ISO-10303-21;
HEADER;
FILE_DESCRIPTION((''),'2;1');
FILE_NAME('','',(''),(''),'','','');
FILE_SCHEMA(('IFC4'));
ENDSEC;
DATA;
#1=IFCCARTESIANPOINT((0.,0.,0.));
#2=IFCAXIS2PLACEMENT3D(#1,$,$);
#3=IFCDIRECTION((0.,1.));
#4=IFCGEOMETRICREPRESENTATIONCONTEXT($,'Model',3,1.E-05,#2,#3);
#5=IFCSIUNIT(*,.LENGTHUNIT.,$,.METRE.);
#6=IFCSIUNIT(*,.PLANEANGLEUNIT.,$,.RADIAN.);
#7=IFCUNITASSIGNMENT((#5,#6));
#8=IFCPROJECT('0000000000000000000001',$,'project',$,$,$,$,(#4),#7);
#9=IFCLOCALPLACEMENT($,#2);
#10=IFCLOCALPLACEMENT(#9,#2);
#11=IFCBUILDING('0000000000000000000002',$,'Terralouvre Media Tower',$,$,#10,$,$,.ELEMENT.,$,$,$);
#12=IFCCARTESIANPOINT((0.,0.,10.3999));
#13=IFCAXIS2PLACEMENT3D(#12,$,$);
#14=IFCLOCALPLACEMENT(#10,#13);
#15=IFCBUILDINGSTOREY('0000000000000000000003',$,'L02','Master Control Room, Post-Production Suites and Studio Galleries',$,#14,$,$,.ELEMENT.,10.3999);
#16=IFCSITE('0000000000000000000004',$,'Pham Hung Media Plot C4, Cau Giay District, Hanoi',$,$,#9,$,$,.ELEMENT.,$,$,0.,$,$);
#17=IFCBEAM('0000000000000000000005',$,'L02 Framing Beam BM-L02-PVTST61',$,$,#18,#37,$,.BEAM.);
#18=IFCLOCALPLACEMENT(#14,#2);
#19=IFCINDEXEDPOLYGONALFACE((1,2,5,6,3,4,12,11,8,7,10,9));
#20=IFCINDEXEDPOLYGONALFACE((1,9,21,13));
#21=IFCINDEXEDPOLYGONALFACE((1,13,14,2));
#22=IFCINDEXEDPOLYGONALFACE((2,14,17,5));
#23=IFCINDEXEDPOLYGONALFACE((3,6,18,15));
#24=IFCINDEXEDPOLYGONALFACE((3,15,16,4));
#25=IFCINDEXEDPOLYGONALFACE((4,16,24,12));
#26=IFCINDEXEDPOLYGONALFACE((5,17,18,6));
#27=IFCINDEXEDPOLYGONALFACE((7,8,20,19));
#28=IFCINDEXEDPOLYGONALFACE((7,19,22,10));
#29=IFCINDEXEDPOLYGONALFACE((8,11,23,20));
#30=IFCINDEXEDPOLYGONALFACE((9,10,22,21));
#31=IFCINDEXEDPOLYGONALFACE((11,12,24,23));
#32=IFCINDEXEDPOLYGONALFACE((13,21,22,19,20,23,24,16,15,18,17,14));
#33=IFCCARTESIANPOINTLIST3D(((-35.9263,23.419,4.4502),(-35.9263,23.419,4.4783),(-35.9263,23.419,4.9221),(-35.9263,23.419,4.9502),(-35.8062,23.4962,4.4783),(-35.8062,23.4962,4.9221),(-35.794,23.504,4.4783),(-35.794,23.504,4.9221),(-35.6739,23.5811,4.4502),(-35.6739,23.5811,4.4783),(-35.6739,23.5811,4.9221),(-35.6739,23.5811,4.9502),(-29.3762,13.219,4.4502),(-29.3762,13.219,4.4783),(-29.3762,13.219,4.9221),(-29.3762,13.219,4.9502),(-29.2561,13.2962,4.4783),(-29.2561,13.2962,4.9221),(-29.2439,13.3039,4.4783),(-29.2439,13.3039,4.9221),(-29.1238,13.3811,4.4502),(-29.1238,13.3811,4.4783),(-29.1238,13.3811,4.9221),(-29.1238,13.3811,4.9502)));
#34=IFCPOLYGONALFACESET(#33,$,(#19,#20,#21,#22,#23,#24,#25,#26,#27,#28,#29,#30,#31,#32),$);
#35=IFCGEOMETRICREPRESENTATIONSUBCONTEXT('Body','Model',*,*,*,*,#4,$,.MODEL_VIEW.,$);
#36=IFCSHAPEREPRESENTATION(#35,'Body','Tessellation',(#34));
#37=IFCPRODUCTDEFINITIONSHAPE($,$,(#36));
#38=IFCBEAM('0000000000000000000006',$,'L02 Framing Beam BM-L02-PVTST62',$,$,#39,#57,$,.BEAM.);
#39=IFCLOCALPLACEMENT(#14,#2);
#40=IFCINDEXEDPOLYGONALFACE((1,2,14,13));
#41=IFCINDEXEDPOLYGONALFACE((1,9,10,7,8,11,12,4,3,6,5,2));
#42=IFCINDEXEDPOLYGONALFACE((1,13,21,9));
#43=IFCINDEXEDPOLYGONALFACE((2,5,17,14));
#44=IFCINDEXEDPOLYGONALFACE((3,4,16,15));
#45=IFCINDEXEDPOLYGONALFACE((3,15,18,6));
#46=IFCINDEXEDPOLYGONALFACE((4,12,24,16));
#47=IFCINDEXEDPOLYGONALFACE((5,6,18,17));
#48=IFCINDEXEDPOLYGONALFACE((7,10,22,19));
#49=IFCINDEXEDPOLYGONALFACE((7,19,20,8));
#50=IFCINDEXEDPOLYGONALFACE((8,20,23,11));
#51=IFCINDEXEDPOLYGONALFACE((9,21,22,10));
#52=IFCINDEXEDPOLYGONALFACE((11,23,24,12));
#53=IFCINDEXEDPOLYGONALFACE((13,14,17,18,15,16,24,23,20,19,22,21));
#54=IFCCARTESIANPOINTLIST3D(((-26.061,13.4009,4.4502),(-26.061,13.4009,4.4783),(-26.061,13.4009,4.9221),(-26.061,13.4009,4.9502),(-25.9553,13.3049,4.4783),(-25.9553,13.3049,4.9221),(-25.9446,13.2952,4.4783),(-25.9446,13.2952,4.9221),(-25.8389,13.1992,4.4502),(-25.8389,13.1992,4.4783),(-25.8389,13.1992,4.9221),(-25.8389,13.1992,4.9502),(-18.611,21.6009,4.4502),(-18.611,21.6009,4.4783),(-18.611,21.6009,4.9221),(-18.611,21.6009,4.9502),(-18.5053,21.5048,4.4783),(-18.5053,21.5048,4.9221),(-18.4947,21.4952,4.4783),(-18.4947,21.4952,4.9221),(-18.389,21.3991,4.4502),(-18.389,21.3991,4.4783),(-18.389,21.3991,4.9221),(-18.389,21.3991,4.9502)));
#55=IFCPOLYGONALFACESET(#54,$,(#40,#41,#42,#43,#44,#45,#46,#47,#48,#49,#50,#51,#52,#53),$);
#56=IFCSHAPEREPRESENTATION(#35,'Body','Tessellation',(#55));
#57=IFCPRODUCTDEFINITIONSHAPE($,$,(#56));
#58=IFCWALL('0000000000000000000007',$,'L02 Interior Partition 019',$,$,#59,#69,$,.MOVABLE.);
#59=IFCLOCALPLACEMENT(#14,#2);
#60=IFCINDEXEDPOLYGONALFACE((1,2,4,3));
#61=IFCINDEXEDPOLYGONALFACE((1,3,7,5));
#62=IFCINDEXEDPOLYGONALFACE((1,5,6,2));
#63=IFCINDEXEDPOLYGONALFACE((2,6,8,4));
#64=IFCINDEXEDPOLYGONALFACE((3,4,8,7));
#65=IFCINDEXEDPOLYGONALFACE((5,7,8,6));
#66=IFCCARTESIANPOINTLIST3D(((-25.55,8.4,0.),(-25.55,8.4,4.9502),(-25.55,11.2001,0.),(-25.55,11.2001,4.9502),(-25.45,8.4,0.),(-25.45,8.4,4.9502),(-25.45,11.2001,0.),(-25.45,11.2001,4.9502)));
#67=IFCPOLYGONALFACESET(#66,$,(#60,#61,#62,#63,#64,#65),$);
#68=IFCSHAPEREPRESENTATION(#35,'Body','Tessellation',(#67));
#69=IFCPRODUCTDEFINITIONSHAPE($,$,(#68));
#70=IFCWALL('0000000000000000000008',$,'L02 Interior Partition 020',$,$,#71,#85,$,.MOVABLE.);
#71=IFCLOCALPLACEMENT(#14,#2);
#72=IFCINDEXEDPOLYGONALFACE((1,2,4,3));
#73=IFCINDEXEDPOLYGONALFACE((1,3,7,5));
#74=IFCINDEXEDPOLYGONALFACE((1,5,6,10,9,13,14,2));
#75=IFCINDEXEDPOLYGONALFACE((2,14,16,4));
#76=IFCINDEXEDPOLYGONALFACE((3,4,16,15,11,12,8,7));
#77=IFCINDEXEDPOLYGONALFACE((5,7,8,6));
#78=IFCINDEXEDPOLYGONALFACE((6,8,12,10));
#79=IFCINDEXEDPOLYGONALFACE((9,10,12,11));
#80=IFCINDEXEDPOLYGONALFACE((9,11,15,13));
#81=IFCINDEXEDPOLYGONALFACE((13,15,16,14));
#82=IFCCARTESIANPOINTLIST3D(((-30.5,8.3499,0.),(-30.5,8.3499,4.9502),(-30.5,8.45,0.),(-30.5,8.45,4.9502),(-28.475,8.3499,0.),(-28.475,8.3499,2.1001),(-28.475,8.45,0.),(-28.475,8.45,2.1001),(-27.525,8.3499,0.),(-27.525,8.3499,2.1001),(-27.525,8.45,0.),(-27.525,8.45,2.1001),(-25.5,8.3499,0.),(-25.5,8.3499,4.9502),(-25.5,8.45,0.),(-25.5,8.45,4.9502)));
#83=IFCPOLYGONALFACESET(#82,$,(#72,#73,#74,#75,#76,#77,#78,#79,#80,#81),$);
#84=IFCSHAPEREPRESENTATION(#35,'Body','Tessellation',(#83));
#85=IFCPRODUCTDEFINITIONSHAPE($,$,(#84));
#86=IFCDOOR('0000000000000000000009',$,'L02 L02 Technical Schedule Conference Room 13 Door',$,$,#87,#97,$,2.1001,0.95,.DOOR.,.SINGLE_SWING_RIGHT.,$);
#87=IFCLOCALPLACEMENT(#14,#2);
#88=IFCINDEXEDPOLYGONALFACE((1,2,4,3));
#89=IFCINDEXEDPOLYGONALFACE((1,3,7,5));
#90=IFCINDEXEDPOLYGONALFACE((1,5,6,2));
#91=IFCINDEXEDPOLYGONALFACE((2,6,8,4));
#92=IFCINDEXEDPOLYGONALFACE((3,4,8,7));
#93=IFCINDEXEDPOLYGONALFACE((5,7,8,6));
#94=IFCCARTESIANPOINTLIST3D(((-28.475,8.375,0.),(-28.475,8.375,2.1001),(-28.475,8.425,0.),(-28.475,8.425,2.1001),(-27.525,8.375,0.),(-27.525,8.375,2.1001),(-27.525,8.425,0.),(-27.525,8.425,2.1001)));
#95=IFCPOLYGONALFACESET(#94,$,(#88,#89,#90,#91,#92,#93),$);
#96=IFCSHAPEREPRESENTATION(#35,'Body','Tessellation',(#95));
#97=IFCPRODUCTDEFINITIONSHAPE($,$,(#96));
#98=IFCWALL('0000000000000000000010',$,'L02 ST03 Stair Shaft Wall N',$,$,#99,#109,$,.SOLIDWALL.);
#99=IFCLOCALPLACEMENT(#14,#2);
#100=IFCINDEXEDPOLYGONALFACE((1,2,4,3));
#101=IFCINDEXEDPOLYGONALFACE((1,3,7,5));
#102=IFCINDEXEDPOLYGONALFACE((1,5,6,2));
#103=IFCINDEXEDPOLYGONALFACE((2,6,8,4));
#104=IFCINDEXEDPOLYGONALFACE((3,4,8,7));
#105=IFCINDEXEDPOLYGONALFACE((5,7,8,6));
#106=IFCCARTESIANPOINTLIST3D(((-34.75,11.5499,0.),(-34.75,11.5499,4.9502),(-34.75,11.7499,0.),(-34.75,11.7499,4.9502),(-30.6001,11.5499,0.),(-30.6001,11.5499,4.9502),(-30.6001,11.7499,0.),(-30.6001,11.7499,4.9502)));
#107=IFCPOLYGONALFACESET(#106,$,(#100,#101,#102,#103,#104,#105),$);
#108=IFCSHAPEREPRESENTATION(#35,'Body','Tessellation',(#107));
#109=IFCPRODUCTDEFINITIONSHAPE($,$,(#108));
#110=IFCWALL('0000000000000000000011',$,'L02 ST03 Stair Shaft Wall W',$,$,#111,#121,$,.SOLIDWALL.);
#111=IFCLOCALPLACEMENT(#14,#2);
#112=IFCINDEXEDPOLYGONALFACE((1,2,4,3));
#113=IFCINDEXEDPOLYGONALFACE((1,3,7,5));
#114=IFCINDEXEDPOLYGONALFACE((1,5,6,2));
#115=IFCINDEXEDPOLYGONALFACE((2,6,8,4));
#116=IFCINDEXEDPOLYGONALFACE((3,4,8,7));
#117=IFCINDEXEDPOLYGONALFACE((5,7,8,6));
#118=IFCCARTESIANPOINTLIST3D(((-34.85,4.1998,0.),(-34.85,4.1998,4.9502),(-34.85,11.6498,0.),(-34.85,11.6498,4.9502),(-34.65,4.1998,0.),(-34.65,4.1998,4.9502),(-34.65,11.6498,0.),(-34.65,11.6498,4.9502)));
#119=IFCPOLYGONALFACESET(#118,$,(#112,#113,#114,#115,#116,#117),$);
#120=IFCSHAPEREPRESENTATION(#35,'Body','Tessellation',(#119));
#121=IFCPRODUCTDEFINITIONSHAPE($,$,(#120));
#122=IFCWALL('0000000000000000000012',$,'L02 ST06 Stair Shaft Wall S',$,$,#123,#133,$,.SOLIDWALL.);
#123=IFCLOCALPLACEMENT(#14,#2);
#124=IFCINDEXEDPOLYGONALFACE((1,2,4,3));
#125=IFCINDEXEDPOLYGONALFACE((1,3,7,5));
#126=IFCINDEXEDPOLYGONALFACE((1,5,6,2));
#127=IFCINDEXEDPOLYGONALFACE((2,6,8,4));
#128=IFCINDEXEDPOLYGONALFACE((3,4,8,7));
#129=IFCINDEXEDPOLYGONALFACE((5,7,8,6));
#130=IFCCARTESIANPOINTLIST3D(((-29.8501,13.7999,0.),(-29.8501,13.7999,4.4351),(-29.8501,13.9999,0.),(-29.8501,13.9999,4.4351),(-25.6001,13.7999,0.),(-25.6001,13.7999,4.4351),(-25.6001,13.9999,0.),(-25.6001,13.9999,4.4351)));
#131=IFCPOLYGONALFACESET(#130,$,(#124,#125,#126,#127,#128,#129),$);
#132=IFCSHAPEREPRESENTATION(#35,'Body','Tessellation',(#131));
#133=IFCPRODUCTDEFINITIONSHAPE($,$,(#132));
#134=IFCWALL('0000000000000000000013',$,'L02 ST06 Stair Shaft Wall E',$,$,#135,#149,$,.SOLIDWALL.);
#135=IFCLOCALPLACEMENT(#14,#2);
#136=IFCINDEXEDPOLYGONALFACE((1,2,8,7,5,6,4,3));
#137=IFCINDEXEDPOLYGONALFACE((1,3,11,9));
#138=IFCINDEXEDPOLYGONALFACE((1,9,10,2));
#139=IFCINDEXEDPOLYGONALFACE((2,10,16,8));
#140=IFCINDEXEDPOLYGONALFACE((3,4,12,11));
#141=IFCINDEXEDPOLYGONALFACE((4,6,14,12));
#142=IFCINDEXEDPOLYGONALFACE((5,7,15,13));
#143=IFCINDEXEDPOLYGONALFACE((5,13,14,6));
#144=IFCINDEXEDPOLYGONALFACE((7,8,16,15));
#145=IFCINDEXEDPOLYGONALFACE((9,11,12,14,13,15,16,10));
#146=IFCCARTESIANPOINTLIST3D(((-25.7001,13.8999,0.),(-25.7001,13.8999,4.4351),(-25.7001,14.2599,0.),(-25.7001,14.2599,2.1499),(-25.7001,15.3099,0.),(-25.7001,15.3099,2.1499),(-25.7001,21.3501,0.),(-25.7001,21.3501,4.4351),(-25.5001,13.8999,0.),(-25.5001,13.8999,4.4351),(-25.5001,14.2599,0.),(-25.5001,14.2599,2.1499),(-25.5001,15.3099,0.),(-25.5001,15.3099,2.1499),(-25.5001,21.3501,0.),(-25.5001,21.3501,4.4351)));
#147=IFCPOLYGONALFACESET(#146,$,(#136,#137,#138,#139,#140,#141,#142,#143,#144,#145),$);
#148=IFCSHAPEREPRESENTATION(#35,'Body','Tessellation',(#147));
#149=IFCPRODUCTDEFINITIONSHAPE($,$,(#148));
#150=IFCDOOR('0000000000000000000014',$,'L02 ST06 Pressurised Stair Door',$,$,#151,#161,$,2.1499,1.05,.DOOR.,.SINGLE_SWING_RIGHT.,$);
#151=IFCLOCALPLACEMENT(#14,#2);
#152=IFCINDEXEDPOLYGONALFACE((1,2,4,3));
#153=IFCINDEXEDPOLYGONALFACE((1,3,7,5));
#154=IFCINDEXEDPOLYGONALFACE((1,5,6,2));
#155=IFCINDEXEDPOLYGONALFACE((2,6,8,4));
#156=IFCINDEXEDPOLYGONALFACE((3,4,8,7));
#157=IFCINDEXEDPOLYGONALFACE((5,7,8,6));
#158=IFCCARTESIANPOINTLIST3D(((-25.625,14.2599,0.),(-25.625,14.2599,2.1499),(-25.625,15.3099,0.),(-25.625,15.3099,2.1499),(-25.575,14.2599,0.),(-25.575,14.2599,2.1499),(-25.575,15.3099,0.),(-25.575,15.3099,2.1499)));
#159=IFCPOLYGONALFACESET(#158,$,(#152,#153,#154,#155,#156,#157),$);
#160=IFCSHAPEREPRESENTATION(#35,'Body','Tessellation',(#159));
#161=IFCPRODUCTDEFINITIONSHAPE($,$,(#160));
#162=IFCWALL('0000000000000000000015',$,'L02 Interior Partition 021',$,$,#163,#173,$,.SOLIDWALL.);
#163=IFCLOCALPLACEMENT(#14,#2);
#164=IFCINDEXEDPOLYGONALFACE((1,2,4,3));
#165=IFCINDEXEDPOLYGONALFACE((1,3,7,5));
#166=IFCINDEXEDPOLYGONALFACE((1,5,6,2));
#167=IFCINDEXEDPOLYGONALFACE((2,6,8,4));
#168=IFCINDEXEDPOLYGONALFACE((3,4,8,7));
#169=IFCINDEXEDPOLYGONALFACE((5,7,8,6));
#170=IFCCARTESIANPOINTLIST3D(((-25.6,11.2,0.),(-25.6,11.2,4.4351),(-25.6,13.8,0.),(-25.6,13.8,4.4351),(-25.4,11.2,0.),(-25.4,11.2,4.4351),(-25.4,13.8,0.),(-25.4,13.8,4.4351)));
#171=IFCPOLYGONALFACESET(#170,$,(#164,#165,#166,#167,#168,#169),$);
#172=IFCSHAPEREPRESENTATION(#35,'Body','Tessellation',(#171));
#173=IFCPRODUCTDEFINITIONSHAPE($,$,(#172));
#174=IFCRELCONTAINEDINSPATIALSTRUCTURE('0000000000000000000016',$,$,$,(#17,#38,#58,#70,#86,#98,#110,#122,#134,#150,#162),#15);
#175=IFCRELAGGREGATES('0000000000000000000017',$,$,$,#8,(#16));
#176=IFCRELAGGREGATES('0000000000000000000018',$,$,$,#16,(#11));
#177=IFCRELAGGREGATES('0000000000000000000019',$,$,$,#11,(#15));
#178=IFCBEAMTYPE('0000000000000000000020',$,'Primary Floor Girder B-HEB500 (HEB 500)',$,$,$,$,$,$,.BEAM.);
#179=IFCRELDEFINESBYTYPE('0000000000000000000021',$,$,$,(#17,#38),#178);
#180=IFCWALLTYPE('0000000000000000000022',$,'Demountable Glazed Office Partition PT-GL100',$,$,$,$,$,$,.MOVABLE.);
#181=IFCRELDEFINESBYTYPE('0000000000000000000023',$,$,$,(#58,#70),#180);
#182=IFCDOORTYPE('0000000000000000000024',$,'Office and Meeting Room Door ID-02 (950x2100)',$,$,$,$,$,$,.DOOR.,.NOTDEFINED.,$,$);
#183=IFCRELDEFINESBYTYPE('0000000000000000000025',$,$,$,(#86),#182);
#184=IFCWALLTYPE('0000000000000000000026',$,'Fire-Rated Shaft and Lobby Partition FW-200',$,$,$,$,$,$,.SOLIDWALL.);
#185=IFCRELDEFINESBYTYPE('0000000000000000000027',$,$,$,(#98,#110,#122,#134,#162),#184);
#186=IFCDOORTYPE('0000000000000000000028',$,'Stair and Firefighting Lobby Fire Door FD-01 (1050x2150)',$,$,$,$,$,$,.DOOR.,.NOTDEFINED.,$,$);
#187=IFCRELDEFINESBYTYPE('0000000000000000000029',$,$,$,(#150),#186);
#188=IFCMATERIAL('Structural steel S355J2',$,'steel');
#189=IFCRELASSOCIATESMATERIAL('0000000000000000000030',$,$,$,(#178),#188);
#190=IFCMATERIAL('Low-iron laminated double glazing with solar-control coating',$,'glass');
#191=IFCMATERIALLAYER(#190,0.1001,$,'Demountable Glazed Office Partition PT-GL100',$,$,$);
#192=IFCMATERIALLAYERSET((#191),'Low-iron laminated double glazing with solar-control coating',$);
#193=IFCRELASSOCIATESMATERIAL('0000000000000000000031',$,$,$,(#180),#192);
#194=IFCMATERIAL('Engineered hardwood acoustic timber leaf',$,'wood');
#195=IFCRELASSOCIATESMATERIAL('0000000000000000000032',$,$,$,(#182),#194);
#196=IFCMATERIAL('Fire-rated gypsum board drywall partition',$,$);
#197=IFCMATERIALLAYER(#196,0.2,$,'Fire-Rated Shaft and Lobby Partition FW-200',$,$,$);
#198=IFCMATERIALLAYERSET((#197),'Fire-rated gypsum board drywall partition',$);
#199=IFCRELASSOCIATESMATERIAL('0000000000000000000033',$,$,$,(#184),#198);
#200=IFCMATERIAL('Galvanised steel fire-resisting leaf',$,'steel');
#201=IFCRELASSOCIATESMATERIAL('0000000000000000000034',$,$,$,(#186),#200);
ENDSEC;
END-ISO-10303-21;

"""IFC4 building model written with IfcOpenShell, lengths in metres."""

from ifc_helpers import new_model, si_unit, direction, frame, frame_2d, origin, origin_2d, place, context, subcontext, project, spatial, rectangle, i_section, extrude, material, layer, layer_set, material_profile, profile_set, type_object, element, fill, save


model = new_model("IFC4")

# Units and contexts
model_context = context("Model", 3, precision=1e-05, world=origin(), true_north=direction((0.0, 1.0)))
body_context = subcontext(model_context, "Body", "Model", "MODEL_VIEW")
ifc_project = project(units=[si_unit("LENGTHUNIT", "METRE"), si_unit("PLANEANGLEUNIT", "RADIAN")], contexts=[model_context])

# Site, building, storey
site_placement = place(None, origin())
site = spatial("IfcSite", under=ifc_project, at=site_placement, Name="Pham Hung Media Plot C4, Cau Giay District, Hanoi", CompositionType="ELEMENT", RefElevation=0.0)
building_placement = place(site_placement, origin())
building = spatial("IfcBuilding", under=site, at=building_placement, Name="Terralouvre Media Tower", CompositionType="ELEMENT")
storey_placement = place(building_placement, frame((0.0, 0.0, 10.3999)))
storey = spatial("IfcBuildingStorey", under=building, at=storey_placement, Name="L02", Description="Master Control Room, Post-Production Suites and Studio Galleries", CompositionType="ELEMENT", Elevation=10.3999)

# Beams
ifc_material_1 = material(Name="Structural steel S355J2", Category="steel")
ifc_material_profile_1 = material_profile(ifc_material_1, i_section(OverallWidth=0.3, OverallDepth=0.5, WebThickness=0.0144, FlangeThickness=0.0281, at=origin_2d()), Name="HEB 500")
ifc_profile_set_1 = profile_set([ifc_material_profile_1], Name="Structural steel S355J2")
beam_type_1 = type_object("IfcBeamType", Name="Primary Floor Girder B-HEB500 (HEB 500)", PredefinedType="BEAM", material=ifc_profile_set_1)
beam_1_placement = place(storey_placement, frame((-29.25, 13.3, 4.7002), z_axis=(-0.540345, 0.841443, 0.0), x_axis=(-0.841443, -0.540345, 0.0)))
element("IfcBeam", 1, at=beam_1_placement, inside=storey, type_object=beam_type_1, Name="L02 Framing Beam BM-L02-PVTST61", PredefinedType="BEAM", context=body_context, shape_type="SweptSolid", body=[
    extrude(i_section(OverallWidth=0.3, OverallDepth=0.5, WebThickness=0.0144, FlangeThickness=0.0281, at=origin_2d()), origin(), (0.0, 0.0, 1.0), 12.1221),
])
beam_2_placement = place(storey_placement, frame((-25.95, 13.3, 4.7002), z_axis=(0.672448, 0.740144, 0.0), x_axis=(-0.740144, 0.672448, 0.0)))
element("IfcBeam", 2, at=beam_2_placement, inside=storey, type_object=beam_type_1, Name="L02 Framing Beam BM-L02-PVTST62", PredefinedType="BEAM", context=body_context, shape_type="SweptSolid", body=[
    extrude(i_section(OverallWidth=0.3, OverallDepth=0.5, WebThickness=0.0144, FlangeThickness=0.0281, at=origin_2d()), origin(), (0.0, 0.0, 1.0), 11.0789),
])

# Wall
ifc_material_2 = material(Name="Low-iron laminated double glazing with solar-control coating", Category="glass")
ifc_layer_1 = layer(ifc_material_2, 0.1001, Name="Demountable Glazed Office Partition PT-GL100")
ifc_layer_set_1 = layer_set([ifc_layer_1], Name="Low-iron laminated double glazing with solar-control coating")
wall_type_1 = type_object("IfcWallType", Name="Demountable Glazed Office Partition PT-GL100", PredefinedType="MOVABLE", material=ifc_layer_set_1)
wall_1_placement = place(storey_placement, frame((-25.5, 11.2, 0.0), z_axis=(0.0, 0.0, 1.0), x_axis=(0.0, -1.0, 0.0)))
element("IfcWall", 3, at=wall_1_placement, inside=storey, type_object=wall_type_1, Name="L02 Interior Partition 019", PredefinedType="MOVABLE", context=body_context, shape_type="SweptSolid", body=[
    extrude(rectangle(XDim=2.8, YDim=0.1001, at=frame_2d((1.3999, 0.0))), origin(), (0.0, 0.0, 1.0), 4.9502),
])

# Wall, opening, door
wall_2_placement = place(storey_placement, frame((-25.5, 8.3999, 0.0), z_axis=(0.0, 0.0, 1.0), x_axis=(-1.0, 0.0, 0.0)))
wall_2 = element("IfcWall", 4, at=wall_2_placement, inside=storey, type_object=wall_type_1, Name="L02 Interior Partition 020", PredefinedType="MOVABLE", context=body_context, shape_type="SweptSolid", body=[
    extrude(rectangle(XDim=5.0, YDim=0.1001, at=frame_2d((2.5, 0.0))), origin(), (0.0, 0.0, 1.0), 4.9502),
])
opening_1_placement = place(wall_2_placement, frame((2.0249, 0.0, 0.0)))
opening_1 = element("IfcOpeningElement", 5, at=opening_1_placement, cuts=wall_2, PredefinedType="OPENING", context=body_context, shape_type="SweptSolid", body=[
    extrude(rectangle(XDim=0.95, YDim=2.1001, at=frame_2d((0.4751, 1.05))), frame((0.0, 0.0601, 0.0), z_axis=(0.0, -1.0, 0.0), x_axis=(1.0, 0.0, 0.0)), (0.0, 0.0, 1.0), 0.1201),
])
ifc_material_3 = material(Name="Engineered hardwood acoustic timber leaf", Category="wood")
door_type_1 = type_object("IfcDoorType", Name="Office and Meeting Room Door ID-02 (950x2100)", OperationType="NOTDEFINED", PredefinedType="DOOR", material=ifc_material_3)
door_1_placement = place(opening_1_placement, origin())
door_1 = element("IfcDoor", 6, at=door_1_placement, inside=storey, type_object=door_type_1, Name="L02 L02 Technical Schedule Conference Room 13 Door", OperationType="SINGLE_SWING_RIGHT", OverallHeight=2.1001, OverallWidth=0.95, PredefinedType="DOOR", context=body_context, shape_type="SweptSolid", body=[
    extrude(rectangle(XDim=0.95, YDim=2.1001, at=frame_2d((0.4751, 1.05))), frame((0.0, 0.0249, 0.0), z_axis=(0.0, -1.0, 0.0), x_axis=(1.0, 0.0, 0.0)), (0.0, 0.0, 1.0), 0.05),
])
fill(opening_1, door_1)

# Walls
ifc_material_4 = material(Name="Fire-rated gypsum board drywall partition")
ifc_layer_2 = layer(ifc_material_4, 0.2, Name="Fire-Rated Shaft and Lobby Partition FW-200")
ifc_layer_set_2 = layer_set([ifc_layer_2], Name="Fire-rated gypsum board drywall partition")
wall_type_2 = type_object("IfcWallType", Name="Fire-Rated Shaft and Lobby Partition FW-200", PredefinedType="SOLIDWALL", material=ifc_layer_set_2)
wall_3_placement = place(storey_placement, frame((-30.6001, 11.6499, 0.0), z_axis=(0.0, 0.0, 1.0), x_axis=(-1.0, 0.0, 0.0)))
element("IfcWall", 7, at=wall_3_placement, inside=storey, type_object=wall_type_2, Name="L02 ST03 Stair Shaft Wall N", PredefinedType="SOLIDWALL", context=body_context, shape_type="SweptSolid", body=[
    extrude(rectangle(XDim=4.1499, YDim=0.2, at=frame_2d((2.075, 0.0))), origin(), (0.0, 0.0, 1.0), 4.9502),
])
wall_4_placement = place(storey_placement, frame((-34.75, 11.6499, 0.0), z_axis=(0.0, 0.0, 1.0), x_axis=(0.0, -1.0, 0.0)))
element("IfcWall", 8, at=wall_4_placement, inside=storey, type_object=wall_type_2, Name="L02 ST03 Stair Shaft Wall W", PredefinedType="SOLIDWALL", context=body_context, shape_type="SweptSolid", body=[
    extrude(rectangle(XDim=7.45, YDim=0.2, at=frame_2d((3.7251, 0.0))), origin(), (0.0, 0.0, 1.0), 4.9502),
])
wall_5_placement = place(storey_placement, frame((-29.8501, 13.8999, 0.0), z_axis=(0.0, 0.0, 1.0), x_axis=(1.0, 0.0, 0.0)))
element("IfcWall", 9, at=wall_5_placement, inside=storey, type_object=wall_type_2, Name="L02 ST06 Stair Shaft Wall S", PredefinedType="SOLIDWALL", context=body_context, shape_type="SweptSolid", body=[
    extrude(rectangle(XDim=4.25, YDim=0.2, at=frame_2d((2.125, 0.0))), origin(), (0.0, 0.0, 1.0), 4.4351),
])

# Wall, opening, door
wall_6_placement = place(storey_placement, frame((-25.6001, 13.8999, 0.0), z_axis=(0.0, 0.0, 1.0), x_axis=(0.0, 1.0, 0.0)))
wall_6 = element("IfcWall", 10, at=wall_6_placement, inside=storey, type_object=wall_type_2, Name="L02 ST06 Stair Shaft Wall E", PredefinedType="SOLIDWALL", context=body_context, shape_type="SweptSolid", body=[
    extrude(rectangle(XDim=7.4502, YDim=0.2, at=frame_2d((3.7251, 0.0))), origin(), (0.0, 0.0, 1.0), 4.4351),
])
opening_2_placement = place(wall_6_placement, frame((0.3601, 0.0, 0.0)))
opening_2 = element("IfcOpeningElement", 11, at=opening_2_placement, cuts=wall_6, PredefinedType="OPENING", context=body_context, shape_type="SweptSolid", body=[
    extrude(rectangle(XDim=1.05, YDim=2.1499, at=frame_2d((0.5249, 1.075))), frame((0.0, 0.1099, 0.0), z_axis=(0.0, -1.0, 0.0), x_axis=(1.0, 0.0, 0.0)), (0.0, 0.0, 1.0), 0.22),
])
ifc_material_5 = material(Name="Galvanised steel fire-resisting leaf", Category="steel")
door_type_2 = type_object("IfcDoorType", Name="Stair and Firefighting Lobby Fire Door FD-01 (1050x2150)", OperationType="NOTDEFINED", PredefinedType="DOOR", material=ifc_material_5)
door_2_placement = place(opening_2_placement, origin())
door_2 = element("IfcDoor", 12, at=door_2_placement, inside=storey, type_object=door_type_2, Name="L02 ST06 Pressurised Stair Door", OperationType="SINGLE_SWING_RIGHT", OverallHeight=2.1499, OverallWidth=1.05, PredefinedType="DOOR", context=body_context, shape_type="SweptSolid", body=[
    extrude(rectangle(XDim=1.05, YDim=2.1499, at=frame_2d((0.5249, 1.075))), frame((0.0, 0.0249, 0.0), z_axis=(0.0, -1.0, 0.0), x_axis=(1.0, 0.0, 0.0)), (0.0, 0.0, 1.0), 0.05),
])
fill(opening_2, door_2)

# Wall
wall_7_placement = place(storey_placement, frame((-25.5, 13.8, 0.0), z_axis=(0.0, 0.0, 1.0), x_axis=(0.0, -1.0, 0.0)))
element("IfcWall", 13, at=wall_7_placement, inside=storey, type_object=wall_type_2, Name="L02 Interior Partition 021", PredefinedType="SOLIDWALL", context=body_context, shape_type="SweptSolid", body=[
    extrude(rectangle(XDim=2.6001, YDim=0.2, at=frame_2d((1.3, 0.0))), origin(), (0.0, 0.0, 1.0), 4.4351),
])

save(model, "model.ifc")
